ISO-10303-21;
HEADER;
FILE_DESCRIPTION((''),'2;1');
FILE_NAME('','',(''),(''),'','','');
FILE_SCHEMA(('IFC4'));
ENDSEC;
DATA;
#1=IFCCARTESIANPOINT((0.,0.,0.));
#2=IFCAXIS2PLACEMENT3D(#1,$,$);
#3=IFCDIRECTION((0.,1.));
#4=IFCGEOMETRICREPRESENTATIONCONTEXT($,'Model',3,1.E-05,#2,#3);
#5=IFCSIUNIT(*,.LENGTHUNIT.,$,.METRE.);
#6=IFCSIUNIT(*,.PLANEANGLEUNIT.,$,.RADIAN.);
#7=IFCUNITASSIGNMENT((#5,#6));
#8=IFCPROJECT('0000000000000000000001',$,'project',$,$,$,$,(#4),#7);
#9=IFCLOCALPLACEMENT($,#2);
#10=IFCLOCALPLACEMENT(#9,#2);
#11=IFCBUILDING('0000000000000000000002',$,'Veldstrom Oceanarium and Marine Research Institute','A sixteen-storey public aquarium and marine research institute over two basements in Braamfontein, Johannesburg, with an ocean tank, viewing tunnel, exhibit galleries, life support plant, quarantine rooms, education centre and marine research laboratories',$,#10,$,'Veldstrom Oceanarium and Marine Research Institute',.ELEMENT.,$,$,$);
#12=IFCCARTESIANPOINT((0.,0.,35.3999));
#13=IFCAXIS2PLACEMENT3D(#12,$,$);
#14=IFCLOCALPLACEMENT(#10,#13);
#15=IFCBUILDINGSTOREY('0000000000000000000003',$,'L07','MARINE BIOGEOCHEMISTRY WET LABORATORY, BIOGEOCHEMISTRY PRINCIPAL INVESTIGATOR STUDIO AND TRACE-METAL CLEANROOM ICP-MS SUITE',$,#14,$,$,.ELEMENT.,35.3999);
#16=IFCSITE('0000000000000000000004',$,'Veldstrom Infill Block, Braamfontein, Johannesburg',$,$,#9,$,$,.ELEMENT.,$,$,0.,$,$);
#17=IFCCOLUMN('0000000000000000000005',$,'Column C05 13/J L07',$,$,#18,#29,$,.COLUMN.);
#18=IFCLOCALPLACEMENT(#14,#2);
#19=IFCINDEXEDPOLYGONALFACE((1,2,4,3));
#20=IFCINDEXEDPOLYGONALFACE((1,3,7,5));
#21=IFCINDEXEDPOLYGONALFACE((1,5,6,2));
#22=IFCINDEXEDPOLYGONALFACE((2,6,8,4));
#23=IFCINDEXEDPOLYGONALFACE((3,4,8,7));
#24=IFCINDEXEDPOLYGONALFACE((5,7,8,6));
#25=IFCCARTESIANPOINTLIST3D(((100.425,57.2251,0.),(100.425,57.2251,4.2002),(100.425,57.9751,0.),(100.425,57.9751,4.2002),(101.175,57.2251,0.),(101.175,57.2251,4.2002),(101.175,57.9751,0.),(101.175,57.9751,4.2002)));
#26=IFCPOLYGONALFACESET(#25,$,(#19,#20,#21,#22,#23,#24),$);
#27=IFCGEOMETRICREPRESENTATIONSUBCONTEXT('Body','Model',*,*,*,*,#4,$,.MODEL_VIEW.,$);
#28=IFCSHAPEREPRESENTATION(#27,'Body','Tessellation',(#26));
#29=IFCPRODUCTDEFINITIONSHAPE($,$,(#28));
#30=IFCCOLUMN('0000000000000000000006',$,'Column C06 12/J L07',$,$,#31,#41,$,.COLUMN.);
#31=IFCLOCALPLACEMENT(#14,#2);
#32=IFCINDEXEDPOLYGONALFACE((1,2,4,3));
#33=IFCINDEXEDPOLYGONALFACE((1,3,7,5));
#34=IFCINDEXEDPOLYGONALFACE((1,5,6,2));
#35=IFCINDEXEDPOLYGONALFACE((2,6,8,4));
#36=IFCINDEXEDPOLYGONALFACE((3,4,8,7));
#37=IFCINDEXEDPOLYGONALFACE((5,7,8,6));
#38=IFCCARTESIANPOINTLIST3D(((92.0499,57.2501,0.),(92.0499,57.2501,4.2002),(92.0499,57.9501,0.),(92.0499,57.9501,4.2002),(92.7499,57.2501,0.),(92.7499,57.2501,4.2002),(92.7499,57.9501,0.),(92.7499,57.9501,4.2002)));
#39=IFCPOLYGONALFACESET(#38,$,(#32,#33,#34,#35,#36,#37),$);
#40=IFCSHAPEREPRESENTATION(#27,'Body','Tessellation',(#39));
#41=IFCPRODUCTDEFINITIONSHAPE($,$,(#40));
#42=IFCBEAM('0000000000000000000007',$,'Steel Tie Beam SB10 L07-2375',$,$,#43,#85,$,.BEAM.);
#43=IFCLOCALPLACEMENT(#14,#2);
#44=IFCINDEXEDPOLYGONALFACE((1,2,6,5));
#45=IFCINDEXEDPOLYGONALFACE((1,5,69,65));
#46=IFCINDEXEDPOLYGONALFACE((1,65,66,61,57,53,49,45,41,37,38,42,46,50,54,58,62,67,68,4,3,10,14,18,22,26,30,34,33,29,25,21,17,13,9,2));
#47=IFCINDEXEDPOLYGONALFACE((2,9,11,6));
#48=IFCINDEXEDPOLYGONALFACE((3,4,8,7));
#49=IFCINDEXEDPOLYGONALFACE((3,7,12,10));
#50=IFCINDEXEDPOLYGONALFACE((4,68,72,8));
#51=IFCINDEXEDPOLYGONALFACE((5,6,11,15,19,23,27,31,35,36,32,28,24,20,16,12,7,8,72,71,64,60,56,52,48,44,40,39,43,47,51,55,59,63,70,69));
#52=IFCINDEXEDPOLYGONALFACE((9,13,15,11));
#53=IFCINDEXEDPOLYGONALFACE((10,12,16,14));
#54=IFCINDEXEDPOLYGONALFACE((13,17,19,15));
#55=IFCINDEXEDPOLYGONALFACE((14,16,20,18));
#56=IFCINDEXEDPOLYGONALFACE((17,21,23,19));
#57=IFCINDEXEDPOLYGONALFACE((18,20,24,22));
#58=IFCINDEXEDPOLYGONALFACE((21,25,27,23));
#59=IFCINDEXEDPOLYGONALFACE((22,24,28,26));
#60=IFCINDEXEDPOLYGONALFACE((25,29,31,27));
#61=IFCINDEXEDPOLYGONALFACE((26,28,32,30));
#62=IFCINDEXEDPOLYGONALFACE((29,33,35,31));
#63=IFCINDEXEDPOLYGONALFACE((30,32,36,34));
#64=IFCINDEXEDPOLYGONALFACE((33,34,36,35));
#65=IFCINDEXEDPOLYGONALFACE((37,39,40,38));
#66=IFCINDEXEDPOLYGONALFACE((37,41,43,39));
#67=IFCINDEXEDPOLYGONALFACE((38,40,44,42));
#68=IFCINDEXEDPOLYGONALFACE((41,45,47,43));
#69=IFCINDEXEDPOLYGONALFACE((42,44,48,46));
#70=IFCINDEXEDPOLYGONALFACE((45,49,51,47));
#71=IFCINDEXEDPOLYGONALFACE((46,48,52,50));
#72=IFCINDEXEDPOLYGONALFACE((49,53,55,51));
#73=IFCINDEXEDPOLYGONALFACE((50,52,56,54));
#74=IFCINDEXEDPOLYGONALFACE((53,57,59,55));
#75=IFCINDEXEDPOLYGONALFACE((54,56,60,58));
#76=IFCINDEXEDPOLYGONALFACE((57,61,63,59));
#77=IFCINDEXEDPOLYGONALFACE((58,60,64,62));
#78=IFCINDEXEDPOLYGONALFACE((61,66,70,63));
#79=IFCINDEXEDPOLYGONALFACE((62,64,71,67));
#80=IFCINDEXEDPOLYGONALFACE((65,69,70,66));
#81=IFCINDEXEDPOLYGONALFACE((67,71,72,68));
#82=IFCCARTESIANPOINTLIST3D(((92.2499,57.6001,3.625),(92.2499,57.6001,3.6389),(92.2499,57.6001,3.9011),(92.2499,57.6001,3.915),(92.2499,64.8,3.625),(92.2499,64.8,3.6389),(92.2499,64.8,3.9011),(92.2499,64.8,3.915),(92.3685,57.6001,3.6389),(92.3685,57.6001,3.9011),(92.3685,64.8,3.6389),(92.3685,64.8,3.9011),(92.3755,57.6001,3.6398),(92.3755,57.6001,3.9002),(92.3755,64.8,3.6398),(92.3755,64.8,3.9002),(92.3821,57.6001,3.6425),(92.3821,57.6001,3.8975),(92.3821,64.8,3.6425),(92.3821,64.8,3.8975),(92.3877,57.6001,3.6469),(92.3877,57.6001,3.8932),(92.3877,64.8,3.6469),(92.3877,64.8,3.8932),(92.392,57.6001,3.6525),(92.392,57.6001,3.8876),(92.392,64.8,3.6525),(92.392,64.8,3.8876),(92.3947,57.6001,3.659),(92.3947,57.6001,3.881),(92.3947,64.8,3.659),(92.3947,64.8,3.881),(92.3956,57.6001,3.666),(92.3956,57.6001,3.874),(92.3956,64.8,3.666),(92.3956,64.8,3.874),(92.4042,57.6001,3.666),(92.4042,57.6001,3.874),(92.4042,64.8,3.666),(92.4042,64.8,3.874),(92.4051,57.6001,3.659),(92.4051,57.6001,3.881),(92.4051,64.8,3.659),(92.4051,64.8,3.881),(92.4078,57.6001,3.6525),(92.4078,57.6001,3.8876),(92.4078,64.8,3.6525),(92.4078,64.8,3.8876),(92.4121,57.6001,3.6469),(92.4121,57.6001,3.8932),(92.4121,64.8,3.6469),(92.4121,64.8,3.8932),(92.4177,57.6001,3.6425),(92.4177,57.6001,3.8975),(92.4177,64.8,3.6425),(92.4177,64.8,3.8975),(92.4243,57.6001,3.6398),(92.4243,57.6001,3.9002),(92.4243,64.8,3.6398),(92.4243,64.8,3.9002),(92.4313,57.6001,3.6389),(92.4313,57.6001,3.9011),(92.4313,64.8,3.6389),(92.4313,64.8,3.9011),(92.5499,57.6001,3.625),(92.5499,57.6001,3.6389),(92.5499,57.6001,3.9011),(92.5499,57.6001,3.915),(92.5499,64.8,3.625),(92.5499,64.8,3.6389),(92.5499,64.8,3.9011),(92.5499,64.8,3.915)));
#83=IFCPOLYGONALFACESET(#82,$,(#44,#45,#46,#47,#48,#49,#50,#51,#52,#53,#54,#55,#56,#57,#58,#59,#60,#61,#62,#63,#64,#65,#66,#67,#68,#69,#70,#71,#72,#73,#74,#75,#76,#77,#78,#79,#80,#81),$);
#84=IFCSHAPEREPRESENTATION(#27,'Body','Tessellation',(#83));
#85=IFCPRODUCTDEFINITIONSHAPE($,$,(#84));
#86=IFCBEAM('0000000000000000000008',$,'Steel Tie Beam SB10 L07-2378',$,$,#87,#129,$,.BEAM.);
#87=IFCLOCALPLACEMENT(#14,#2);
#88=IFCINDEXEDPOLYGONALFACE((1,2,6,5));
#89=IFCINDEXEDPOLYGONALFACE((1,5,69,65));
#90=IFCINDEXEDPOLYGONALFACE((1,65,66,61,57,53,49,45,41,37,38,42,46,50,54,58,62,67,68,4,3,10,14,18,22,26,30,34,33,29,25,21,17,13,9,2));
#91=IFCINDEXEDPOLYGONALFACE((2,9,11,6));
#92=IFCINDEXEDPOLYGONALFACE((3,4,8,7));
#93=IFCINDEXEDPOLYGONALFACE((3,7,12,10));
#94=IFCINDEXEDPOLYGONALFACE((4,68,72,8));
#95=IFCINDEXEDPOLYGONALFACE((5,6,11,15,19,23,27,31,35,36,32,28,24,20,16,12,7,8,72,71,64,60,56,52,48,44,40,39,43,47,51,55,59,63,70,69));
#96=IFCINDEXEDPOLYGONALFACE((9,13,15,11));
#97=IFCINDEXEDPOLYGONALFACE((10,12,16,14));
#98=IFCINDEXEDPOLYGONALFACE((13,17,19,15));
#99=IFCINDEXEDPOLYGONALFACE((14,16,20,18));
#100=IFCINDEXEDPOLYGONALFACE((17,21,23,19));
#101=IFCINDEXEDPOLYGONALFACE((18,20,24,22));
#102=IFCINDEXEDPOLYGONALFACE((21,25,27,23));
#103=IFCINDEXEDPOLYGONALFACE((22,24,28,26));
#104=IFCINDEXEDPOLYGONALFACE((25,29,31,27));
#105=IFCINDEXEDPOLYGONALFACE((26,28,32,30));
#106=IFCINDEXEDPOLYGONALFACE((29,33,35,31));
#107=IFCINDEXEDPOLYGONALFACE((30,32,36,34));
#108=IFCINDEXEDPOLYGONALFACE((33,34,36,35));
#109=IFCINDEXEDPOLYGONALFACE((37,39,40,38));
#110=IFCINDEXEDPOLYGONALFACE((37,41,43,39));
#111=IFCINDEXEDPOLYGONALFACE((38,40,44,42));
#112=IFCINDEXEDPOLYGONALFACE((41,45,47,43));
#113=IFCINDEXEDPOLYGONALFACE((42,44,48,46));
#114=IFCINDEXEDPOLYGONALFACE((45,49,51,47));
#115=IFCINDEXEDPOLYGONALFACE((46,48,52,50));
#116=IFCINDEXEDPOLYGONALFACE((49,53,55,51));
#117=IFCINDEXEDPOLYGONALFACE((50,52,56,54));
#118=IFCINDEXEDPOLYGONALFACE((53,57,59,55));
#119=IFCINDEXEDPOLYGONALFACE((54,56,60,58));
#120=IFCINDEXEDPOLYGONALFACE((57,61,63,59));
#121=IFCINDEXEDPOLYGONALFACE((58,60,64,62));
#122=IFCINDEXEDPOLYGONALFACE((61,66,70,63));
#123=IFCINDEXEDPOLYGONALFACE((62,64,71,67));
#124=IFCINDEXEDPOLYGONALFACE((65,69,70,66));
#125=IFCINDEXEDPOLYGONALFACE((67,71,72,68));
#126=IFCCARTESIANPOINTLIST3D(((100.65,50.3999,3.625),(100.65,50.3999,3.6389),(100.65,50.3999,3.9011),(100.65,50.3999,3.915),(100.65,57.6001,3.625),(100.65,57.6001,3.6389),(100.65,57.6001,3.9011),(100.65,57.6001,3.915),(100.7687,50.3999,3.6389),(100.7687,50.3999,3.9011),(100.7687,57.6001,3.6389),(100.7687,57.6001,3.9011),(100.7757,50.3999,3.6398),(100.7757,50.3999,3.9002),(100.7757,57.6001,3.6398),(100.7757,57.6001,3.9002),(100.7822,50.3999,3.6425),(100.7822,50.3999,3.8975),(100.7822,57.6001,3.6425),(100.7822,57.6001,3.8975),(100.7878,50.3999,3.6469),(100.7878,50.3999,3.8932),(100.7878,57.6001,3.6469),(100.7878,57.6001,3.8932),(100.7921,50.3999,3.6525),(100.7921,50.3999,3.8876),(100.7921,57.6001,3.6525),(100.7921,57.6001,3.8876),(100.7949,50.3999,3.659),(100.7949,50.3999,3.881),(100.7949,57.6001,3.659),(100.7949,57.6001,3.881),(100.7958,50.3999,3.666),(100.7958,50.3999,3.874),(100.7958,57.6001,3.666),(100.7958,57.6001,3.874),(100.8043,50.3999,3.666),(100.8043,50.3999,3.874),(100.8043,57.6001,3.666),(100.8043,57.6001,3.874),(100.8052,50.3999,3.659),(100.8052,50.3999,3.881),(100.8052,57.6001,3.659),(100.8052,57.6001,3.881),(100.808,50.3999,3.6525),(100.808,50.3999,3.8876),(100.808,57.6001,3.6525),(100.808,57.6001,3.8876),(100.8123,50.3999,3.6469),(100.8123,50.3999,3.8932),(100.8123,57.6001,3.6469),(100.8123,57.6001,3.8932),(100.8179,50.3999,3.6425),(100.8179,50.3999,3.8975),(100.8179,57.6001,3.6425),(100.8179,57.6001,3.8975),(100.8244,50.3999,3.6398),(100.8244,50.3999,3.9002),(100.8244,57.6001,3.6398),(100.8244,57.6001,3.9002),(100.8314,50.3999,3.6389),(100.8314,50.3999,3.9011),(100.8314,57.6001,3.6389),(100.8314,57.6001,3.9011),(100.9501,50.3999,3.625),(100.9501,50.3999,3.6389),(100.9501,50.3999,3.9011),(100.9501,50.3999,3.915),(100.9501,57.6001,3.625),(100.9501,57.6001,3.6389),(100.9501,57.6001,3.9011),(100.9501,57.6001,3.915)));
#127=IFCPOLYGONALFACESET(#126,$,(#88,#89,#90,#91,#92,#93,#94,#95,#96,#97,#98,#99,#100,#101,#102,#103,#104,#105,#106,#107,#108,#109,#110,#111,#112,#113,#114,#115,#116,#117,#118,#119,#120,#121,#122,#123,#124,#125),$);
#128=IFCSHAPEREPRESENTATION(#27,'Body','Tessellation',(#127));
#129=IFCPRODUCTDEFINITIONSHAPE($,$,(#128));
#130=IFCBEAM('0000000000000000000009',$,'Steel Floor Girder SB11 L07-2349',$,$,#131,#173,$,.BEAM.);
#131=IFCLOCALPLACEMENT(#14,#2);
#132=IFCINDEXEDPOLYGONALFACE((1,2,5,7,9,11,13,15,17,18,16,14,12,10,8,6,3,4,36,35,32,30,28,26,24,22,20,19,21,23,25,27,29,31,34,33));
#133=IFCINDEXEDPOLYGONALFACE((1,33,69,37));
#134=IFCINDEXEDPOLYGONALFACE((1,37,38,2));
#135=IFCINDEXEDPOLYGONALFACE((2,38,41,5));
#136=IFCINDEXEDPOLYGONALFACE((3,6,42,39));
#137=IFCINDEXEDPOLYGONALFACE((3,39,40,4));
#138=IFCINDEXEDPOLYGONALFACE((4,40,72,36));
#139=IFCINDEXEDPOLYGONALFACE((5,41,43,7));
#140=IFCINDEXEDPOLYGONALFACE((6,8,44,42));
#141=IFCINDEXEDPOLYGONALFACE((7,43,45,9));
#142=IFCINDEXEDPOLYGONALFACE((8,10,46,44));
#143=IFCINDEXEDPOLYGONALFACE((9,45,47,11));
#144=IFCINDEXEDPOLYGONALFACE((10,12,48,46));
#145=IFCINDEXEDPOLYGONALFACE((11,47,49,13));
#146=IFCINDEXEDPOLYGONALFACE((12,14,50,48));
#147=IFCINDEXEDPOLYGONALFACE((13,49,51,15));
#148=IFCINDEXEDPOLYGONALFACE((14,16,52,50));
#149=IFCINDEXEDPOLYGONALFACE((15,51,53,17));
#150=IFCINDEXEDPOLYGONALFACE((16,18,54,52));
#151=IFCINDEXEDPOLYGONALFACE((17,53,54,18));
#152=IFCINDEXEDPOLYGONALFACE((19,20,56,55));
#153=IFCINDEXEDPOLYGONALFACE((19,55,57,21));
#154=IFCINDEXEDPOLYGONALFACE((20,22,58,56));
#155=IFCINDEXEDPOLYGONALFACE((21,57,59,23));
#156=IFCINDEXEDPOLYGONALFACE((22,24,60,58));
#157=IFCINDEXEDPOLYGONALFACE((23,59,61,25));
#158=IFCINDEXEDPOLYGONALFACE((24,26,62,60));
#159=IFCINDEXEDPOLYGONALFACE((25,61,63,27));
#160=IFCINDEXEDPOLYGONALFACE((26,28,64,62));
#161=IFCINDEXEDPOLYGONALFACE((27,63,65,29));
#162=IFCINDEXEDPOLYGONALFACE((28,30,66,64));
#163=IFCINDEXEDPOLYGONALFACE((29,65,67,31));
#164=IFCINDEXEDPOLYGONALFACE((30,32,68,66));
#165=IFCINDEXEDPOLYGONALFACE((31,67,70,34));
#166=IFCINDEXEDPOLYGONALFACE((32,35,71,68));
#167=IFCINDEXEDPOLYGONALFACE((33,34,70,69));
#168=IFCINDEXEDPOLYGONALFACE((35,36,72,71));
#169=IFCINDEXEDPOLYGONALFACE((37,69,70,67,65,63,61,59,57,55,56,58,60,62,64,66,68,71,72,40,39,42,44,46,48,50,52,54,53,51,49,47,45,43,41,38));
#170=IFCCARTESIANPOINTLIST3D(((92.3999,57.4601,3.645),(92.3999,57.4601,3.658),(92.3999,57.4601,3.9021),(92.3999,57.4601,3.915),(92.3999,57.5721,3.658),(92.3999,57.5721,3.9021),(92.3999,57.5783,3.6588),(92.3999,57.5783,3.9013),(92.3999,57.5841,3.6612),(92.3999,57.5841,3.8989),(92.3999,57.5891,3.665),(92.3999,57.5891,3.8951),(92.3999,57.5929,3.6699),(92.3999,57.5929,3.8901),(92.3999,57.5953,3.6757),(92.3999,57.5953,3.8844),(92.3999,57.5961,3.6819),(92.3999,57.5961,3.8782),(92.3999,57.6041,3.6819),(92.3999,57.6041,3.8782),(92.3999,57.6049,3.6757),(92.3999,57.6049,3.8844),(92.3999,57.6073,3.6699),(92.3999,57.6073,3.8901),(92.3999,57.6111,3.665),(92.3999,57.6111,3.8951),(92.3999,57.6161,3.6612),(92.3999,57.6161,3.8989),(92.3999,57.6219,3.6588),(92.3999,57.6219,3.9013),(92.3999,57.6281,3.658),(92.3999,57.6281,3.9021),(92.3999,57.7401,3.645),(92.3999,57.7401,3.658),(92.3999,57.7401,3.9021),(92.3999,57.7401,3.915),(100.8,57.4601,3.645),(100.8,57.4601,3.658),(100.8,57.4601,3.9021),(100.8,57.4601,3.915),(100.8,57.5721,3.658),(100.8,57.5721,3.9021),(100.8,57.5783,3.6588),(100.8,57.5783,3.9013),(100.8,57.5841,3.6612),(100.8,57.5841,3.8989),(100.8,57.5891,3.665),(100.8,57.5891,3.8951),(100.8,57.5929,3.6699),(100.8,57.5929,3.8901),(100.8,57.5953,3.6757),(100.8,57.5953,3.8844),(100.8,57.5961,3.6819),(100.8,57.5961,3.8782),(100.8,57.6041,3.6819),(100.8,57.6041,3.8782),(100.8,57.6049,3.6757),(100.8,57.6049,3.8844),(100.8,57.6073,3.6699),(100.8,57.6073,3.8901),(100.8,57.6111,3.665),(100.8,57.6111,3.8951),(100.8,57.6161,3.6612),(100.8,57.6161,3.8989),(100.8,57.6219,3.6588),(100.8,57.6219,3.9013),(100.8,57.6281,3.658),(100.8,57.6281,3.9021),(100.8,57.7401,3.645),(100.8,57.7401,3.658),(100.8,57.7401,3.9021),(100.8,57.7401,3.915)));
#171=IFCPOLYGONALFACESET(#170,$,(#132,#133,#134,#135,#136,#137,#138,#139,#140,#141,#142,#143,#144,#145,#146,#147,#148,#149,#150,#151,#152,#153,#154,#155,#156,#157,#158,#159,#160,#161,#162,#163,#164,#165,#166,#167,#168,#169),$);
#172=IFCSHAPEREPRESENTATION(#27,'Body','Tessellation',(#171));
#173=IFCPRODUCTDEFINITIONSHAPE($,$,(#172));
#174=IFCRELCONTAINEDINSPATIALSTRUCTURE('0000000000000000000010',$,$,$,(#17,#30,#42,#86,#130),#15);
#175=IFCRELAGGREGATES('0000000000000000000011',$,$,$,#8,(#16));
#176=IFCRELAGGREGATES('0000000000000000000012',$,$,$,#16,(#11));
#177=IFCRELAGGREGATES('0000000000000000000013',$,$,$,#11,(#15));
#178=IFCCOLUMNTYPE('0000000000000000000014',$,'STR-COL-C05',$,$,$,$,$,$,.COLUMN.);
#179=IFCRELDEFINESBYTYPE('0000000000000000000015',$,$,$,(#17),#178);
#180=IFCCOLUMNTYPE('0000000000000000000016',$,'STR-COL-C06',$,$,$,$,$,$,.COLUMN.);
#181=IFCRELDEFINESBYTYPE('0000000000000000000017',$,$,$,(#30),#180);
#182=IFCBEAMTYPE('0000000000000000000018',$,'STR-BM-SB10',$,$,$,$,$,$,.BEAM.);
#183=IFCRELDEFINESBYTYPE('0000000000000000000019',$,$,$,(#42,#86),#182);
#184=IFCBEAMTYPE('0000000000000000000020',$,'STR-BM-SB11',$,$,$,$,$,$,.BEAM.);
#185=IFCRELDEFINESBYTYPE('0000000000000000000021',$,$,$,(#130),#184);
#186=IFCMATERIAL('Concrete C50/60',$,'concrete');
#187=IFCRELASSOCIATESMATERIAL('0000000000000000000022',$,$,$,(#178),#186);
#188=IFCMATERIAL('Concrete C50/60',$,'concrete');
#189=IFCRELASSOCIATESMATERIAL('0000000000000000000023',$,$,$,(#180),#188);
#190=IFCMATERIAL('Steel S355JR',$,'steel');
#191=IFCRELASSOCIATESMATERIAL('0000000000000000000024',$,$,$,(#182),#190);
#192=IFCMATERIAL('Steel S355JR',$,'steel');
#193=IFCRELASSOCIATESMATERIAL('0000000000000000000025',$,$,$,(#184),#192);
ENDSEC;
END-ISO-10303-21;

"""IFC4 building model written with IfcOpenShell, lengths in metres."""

from ifc_helpers import new_model, si_unit, direction, frame, origin, origin_2d, place, context, subcontext, project, spatial, rectangle, i_section, extrude, material, material_profile, profile_set, type_object, element, save


model = new_model("IFC4")

# Units and contexts
model_context = context("Model", 3, precision=1e-05, world=origin(), true_north=direction((0.0, 1.0)))
body_context = subcontext(model_context, "Body", "Model", "MODEL_VIEW")
ifc_project = project(units=[si_unit("LENGTHUNIT", "METRE"), si_unit("PLANEANGLEUNIT", "RADIAN")], contexts=[model_context])

# Site, building, storey
site_placement = place(None, origin())
site = spatial("IfcSite", under=ifc_project, at=site_placement, Name="Veldstrom Infill Block, Braamfontein, Johannesburg", CompositionType="ELEMENT", RefElevation=0.0)
building_placement = place(site_placement, origin())
building = spatial("IfcBuilding", under=site, at=building_placement, Name="Veldstrom Oceanarium and Marine Research Institute", Description="A sixteen-storey public aquarium and marine research institute over two basements in Braamfontein, Johannesburg, with an ocean tank, viewing tunnel, exhibit galleries, life support plant, quarantine rooms, education centre and marine research laboratories", LongName="Veldstrom Oceanarium and Marine Research Institute", CompositionType="ELEMENT")
storey_placement = place(building_placement, frame((0.0, 0.0, 35.3999)))
storey = spatial("IfcBuildingStorey", under=building, at=storey_placement, Name="L07", Description="MARINE BIOGEOCHEMISTRY WET LABORATORY, BIOGEOCHEMISTRY PRINCIPAL INVESTIGATOR STUDIO AND TRACE-METAL CLEANROOM ICP-MS SUITE", CompositionType="ELEMENT", Elevation=35.3999)

# Columns
ifc_material_1 = material(Name="Concrete C50/60", Category="concrete")
ifc_material_profile_1 = material_profile(ifc_material_1, rectangle(XDim=0.75, YDim=0.75, at=origin_2d()), Name="RC-COL-750x750")
ifc_profile_set_1 = profile_set([ifc_material_profile_1], Name="Concrete C50/60")
column_type_1 = type_object("IfcColumnType", Name="STR-COL-C05", PredefinedType="COLUMN", material=ifc_profile_set_1)
column_1_placement = place(storey_placement, frame((100.8, 57.6001, 0.0), z_axis=(0.0, 0.0, 1.0), x_axis=(1.0, 0.0, 0.0)))
element("IfcColumn", 1, at=column_1_placement, inside=storey, type_object=column_type_1, Name="Column C05 13/J L07", PredefinedType="COLUMN", context=body_context, shape_type="SweptSolid", body=[
    extrude(rectangle(XDim=0.75, YDim=0.75, at=origin_2d()), origin(), (0.0, 0.0, 1.0), 4.2002),
])
ifc_material_2 = material(Name="Concrete C50/60", Category="concrete")
ifc_material_profile_2 = material_profile(ifc_material_2, rectangle(XDim=0.7, YDim=0.7, at=origin_2d()), Name="RC-COL-700x700")
ifc_profile_set_2 = profile_set([ifc_material_profile_2], Name="Concrete C50/60")
column_type_2 = type_object("IfcColumnType", Name="STR-COL-C06", PredefinedType="COLUMN", material=ifc_profile_set_2)
column_2_placement = place(storey_placement, frame((92.3999, 57.6001, 0.0), z_axis=(0.0, 0.0, 1.0), x_axis=(1.0, 0.0, 0.0)))
element("IfcColumn", 2, at=column_2_placement, inside=storey, type_object=column_type_2, Name="Column C06 12/J L07", PredefinedType="COLUMN", context=body_context, shape_type="SweptSolid", body=[
    extrude(rectangle(XDim=0.7, YDim=0.7, at=origin_2d()), origin(), (0.0, 0.0, 1.0), 4.2002),
])

# Beams
ifc_material_3 = material(Name="Steel S355JR", Category="steel")
ifc_material_profile_3 = material_profile(ifc_material_3, i_section(OverallWidth=0.3, OverallDepth=0.29, WebThickness=0.0085, FlangeThickness=0.0139, FilletRadius=0.0271, at=origin_2d()), Name="HEA 300")
ifc_profile_set_3 = profile_set([ifc_material_profile_3], Name="Steel S355JR")
beam_type_1 = type_object("IfcBeamType", Name="STR-BM-SB10", PredefinedType="BEAM", material=ifc_profile_set_3)
beam_1_placement = place(storey_placement, frame((92.3999, 57.6001, 3.77), z_axis=(0.0, 1.0, 0.0), x_axis=(-1.0, 0.0, 0.0)))
element("IfcBeam", 3, at=beam_1_placement, inside=storey, type_object=beam_type_1, Name="Steel Tie Beam SB10 L07-2375", PredefinedType="BEAM", context=body_context, shape_type="SweptSolid", body=[
    extrude(i_section(OverallWidth=0.3, OverallDepth=0.29, WebThickness=0.0085, FlangeThickness=0.0139, FilletRadius=0.0271, at=origin_2d()), origin(), (0.0, 0.0, 1.0), 7.2),
])
beam_2_placement = place(storey_placement, frame((100.8, 50.3999, 3.77), z_axis=(0.0, 1.0, 0.0), x_axis=(-1.0, 0.0, 0.0)))
element("IfcBeam", 4, at=beam_2_placement, inside=storey, type_object=beam_type_1, Name="Steel Tie Beam SB10 L07-2378", PredefinedType="BEAM", context=body_context, shape_type="SweptSolid", body=[
    extrude(i_section(OverallWidth=0.3, OverallDepth=0.29, WebThickness=0.0085, FlangeThickness=0.0139, FilletRadius=0.0271, at=origin_2d()), origin(), (0.0, 0.0, 1.0), 7.2002),
])
ifc_material_4 = material(Name="Steel S355JR", Category="steel")
ifc_material_profile_4 = material_profile(ifc_material_4, i_section(OverallWidth=0.28, OverallDepth=0.27, WebThickness=0.0081, FlangeThickness=0.0129, FilletRadius=0.0239, at=origin_2d()), Name="HEA 280")
ifc_profile_set_4 = profile_set([ifc_material_profile_4], Name="Steel S355JR")
beam_type_2 = type_object("IfcBeamType", Name="STR-BM-SB11", PredefinedType="BEAM", material=ifc_profile_set_4)
beam_3_placement = place(storey_placement, frame((92.3999, 57.6001, 3.78), z_axis=(1.0, 0.0, 0.0), x_axis=(0.0, 1.0, 0.0)))
element("IfcBeam", 5, at=beam_3_placement, inside=storey, type_object=beam_type_2, Name="Steel Floor Girder SB11 L07-2349", PredefinedType="BEAM", context=body_context, shape_type="SweptSolid", body=[
    extrude(i_section(OverallWidth=0.28, OverallDepth=0.27, WebThickness=0.0081, FlangeThickness=0.0129, FilletRadius=0.0239, at=origin_2d()), origin(), (0.0, 0.0, 1.0), 8.4001),
])

save(model, "model.ifc")
